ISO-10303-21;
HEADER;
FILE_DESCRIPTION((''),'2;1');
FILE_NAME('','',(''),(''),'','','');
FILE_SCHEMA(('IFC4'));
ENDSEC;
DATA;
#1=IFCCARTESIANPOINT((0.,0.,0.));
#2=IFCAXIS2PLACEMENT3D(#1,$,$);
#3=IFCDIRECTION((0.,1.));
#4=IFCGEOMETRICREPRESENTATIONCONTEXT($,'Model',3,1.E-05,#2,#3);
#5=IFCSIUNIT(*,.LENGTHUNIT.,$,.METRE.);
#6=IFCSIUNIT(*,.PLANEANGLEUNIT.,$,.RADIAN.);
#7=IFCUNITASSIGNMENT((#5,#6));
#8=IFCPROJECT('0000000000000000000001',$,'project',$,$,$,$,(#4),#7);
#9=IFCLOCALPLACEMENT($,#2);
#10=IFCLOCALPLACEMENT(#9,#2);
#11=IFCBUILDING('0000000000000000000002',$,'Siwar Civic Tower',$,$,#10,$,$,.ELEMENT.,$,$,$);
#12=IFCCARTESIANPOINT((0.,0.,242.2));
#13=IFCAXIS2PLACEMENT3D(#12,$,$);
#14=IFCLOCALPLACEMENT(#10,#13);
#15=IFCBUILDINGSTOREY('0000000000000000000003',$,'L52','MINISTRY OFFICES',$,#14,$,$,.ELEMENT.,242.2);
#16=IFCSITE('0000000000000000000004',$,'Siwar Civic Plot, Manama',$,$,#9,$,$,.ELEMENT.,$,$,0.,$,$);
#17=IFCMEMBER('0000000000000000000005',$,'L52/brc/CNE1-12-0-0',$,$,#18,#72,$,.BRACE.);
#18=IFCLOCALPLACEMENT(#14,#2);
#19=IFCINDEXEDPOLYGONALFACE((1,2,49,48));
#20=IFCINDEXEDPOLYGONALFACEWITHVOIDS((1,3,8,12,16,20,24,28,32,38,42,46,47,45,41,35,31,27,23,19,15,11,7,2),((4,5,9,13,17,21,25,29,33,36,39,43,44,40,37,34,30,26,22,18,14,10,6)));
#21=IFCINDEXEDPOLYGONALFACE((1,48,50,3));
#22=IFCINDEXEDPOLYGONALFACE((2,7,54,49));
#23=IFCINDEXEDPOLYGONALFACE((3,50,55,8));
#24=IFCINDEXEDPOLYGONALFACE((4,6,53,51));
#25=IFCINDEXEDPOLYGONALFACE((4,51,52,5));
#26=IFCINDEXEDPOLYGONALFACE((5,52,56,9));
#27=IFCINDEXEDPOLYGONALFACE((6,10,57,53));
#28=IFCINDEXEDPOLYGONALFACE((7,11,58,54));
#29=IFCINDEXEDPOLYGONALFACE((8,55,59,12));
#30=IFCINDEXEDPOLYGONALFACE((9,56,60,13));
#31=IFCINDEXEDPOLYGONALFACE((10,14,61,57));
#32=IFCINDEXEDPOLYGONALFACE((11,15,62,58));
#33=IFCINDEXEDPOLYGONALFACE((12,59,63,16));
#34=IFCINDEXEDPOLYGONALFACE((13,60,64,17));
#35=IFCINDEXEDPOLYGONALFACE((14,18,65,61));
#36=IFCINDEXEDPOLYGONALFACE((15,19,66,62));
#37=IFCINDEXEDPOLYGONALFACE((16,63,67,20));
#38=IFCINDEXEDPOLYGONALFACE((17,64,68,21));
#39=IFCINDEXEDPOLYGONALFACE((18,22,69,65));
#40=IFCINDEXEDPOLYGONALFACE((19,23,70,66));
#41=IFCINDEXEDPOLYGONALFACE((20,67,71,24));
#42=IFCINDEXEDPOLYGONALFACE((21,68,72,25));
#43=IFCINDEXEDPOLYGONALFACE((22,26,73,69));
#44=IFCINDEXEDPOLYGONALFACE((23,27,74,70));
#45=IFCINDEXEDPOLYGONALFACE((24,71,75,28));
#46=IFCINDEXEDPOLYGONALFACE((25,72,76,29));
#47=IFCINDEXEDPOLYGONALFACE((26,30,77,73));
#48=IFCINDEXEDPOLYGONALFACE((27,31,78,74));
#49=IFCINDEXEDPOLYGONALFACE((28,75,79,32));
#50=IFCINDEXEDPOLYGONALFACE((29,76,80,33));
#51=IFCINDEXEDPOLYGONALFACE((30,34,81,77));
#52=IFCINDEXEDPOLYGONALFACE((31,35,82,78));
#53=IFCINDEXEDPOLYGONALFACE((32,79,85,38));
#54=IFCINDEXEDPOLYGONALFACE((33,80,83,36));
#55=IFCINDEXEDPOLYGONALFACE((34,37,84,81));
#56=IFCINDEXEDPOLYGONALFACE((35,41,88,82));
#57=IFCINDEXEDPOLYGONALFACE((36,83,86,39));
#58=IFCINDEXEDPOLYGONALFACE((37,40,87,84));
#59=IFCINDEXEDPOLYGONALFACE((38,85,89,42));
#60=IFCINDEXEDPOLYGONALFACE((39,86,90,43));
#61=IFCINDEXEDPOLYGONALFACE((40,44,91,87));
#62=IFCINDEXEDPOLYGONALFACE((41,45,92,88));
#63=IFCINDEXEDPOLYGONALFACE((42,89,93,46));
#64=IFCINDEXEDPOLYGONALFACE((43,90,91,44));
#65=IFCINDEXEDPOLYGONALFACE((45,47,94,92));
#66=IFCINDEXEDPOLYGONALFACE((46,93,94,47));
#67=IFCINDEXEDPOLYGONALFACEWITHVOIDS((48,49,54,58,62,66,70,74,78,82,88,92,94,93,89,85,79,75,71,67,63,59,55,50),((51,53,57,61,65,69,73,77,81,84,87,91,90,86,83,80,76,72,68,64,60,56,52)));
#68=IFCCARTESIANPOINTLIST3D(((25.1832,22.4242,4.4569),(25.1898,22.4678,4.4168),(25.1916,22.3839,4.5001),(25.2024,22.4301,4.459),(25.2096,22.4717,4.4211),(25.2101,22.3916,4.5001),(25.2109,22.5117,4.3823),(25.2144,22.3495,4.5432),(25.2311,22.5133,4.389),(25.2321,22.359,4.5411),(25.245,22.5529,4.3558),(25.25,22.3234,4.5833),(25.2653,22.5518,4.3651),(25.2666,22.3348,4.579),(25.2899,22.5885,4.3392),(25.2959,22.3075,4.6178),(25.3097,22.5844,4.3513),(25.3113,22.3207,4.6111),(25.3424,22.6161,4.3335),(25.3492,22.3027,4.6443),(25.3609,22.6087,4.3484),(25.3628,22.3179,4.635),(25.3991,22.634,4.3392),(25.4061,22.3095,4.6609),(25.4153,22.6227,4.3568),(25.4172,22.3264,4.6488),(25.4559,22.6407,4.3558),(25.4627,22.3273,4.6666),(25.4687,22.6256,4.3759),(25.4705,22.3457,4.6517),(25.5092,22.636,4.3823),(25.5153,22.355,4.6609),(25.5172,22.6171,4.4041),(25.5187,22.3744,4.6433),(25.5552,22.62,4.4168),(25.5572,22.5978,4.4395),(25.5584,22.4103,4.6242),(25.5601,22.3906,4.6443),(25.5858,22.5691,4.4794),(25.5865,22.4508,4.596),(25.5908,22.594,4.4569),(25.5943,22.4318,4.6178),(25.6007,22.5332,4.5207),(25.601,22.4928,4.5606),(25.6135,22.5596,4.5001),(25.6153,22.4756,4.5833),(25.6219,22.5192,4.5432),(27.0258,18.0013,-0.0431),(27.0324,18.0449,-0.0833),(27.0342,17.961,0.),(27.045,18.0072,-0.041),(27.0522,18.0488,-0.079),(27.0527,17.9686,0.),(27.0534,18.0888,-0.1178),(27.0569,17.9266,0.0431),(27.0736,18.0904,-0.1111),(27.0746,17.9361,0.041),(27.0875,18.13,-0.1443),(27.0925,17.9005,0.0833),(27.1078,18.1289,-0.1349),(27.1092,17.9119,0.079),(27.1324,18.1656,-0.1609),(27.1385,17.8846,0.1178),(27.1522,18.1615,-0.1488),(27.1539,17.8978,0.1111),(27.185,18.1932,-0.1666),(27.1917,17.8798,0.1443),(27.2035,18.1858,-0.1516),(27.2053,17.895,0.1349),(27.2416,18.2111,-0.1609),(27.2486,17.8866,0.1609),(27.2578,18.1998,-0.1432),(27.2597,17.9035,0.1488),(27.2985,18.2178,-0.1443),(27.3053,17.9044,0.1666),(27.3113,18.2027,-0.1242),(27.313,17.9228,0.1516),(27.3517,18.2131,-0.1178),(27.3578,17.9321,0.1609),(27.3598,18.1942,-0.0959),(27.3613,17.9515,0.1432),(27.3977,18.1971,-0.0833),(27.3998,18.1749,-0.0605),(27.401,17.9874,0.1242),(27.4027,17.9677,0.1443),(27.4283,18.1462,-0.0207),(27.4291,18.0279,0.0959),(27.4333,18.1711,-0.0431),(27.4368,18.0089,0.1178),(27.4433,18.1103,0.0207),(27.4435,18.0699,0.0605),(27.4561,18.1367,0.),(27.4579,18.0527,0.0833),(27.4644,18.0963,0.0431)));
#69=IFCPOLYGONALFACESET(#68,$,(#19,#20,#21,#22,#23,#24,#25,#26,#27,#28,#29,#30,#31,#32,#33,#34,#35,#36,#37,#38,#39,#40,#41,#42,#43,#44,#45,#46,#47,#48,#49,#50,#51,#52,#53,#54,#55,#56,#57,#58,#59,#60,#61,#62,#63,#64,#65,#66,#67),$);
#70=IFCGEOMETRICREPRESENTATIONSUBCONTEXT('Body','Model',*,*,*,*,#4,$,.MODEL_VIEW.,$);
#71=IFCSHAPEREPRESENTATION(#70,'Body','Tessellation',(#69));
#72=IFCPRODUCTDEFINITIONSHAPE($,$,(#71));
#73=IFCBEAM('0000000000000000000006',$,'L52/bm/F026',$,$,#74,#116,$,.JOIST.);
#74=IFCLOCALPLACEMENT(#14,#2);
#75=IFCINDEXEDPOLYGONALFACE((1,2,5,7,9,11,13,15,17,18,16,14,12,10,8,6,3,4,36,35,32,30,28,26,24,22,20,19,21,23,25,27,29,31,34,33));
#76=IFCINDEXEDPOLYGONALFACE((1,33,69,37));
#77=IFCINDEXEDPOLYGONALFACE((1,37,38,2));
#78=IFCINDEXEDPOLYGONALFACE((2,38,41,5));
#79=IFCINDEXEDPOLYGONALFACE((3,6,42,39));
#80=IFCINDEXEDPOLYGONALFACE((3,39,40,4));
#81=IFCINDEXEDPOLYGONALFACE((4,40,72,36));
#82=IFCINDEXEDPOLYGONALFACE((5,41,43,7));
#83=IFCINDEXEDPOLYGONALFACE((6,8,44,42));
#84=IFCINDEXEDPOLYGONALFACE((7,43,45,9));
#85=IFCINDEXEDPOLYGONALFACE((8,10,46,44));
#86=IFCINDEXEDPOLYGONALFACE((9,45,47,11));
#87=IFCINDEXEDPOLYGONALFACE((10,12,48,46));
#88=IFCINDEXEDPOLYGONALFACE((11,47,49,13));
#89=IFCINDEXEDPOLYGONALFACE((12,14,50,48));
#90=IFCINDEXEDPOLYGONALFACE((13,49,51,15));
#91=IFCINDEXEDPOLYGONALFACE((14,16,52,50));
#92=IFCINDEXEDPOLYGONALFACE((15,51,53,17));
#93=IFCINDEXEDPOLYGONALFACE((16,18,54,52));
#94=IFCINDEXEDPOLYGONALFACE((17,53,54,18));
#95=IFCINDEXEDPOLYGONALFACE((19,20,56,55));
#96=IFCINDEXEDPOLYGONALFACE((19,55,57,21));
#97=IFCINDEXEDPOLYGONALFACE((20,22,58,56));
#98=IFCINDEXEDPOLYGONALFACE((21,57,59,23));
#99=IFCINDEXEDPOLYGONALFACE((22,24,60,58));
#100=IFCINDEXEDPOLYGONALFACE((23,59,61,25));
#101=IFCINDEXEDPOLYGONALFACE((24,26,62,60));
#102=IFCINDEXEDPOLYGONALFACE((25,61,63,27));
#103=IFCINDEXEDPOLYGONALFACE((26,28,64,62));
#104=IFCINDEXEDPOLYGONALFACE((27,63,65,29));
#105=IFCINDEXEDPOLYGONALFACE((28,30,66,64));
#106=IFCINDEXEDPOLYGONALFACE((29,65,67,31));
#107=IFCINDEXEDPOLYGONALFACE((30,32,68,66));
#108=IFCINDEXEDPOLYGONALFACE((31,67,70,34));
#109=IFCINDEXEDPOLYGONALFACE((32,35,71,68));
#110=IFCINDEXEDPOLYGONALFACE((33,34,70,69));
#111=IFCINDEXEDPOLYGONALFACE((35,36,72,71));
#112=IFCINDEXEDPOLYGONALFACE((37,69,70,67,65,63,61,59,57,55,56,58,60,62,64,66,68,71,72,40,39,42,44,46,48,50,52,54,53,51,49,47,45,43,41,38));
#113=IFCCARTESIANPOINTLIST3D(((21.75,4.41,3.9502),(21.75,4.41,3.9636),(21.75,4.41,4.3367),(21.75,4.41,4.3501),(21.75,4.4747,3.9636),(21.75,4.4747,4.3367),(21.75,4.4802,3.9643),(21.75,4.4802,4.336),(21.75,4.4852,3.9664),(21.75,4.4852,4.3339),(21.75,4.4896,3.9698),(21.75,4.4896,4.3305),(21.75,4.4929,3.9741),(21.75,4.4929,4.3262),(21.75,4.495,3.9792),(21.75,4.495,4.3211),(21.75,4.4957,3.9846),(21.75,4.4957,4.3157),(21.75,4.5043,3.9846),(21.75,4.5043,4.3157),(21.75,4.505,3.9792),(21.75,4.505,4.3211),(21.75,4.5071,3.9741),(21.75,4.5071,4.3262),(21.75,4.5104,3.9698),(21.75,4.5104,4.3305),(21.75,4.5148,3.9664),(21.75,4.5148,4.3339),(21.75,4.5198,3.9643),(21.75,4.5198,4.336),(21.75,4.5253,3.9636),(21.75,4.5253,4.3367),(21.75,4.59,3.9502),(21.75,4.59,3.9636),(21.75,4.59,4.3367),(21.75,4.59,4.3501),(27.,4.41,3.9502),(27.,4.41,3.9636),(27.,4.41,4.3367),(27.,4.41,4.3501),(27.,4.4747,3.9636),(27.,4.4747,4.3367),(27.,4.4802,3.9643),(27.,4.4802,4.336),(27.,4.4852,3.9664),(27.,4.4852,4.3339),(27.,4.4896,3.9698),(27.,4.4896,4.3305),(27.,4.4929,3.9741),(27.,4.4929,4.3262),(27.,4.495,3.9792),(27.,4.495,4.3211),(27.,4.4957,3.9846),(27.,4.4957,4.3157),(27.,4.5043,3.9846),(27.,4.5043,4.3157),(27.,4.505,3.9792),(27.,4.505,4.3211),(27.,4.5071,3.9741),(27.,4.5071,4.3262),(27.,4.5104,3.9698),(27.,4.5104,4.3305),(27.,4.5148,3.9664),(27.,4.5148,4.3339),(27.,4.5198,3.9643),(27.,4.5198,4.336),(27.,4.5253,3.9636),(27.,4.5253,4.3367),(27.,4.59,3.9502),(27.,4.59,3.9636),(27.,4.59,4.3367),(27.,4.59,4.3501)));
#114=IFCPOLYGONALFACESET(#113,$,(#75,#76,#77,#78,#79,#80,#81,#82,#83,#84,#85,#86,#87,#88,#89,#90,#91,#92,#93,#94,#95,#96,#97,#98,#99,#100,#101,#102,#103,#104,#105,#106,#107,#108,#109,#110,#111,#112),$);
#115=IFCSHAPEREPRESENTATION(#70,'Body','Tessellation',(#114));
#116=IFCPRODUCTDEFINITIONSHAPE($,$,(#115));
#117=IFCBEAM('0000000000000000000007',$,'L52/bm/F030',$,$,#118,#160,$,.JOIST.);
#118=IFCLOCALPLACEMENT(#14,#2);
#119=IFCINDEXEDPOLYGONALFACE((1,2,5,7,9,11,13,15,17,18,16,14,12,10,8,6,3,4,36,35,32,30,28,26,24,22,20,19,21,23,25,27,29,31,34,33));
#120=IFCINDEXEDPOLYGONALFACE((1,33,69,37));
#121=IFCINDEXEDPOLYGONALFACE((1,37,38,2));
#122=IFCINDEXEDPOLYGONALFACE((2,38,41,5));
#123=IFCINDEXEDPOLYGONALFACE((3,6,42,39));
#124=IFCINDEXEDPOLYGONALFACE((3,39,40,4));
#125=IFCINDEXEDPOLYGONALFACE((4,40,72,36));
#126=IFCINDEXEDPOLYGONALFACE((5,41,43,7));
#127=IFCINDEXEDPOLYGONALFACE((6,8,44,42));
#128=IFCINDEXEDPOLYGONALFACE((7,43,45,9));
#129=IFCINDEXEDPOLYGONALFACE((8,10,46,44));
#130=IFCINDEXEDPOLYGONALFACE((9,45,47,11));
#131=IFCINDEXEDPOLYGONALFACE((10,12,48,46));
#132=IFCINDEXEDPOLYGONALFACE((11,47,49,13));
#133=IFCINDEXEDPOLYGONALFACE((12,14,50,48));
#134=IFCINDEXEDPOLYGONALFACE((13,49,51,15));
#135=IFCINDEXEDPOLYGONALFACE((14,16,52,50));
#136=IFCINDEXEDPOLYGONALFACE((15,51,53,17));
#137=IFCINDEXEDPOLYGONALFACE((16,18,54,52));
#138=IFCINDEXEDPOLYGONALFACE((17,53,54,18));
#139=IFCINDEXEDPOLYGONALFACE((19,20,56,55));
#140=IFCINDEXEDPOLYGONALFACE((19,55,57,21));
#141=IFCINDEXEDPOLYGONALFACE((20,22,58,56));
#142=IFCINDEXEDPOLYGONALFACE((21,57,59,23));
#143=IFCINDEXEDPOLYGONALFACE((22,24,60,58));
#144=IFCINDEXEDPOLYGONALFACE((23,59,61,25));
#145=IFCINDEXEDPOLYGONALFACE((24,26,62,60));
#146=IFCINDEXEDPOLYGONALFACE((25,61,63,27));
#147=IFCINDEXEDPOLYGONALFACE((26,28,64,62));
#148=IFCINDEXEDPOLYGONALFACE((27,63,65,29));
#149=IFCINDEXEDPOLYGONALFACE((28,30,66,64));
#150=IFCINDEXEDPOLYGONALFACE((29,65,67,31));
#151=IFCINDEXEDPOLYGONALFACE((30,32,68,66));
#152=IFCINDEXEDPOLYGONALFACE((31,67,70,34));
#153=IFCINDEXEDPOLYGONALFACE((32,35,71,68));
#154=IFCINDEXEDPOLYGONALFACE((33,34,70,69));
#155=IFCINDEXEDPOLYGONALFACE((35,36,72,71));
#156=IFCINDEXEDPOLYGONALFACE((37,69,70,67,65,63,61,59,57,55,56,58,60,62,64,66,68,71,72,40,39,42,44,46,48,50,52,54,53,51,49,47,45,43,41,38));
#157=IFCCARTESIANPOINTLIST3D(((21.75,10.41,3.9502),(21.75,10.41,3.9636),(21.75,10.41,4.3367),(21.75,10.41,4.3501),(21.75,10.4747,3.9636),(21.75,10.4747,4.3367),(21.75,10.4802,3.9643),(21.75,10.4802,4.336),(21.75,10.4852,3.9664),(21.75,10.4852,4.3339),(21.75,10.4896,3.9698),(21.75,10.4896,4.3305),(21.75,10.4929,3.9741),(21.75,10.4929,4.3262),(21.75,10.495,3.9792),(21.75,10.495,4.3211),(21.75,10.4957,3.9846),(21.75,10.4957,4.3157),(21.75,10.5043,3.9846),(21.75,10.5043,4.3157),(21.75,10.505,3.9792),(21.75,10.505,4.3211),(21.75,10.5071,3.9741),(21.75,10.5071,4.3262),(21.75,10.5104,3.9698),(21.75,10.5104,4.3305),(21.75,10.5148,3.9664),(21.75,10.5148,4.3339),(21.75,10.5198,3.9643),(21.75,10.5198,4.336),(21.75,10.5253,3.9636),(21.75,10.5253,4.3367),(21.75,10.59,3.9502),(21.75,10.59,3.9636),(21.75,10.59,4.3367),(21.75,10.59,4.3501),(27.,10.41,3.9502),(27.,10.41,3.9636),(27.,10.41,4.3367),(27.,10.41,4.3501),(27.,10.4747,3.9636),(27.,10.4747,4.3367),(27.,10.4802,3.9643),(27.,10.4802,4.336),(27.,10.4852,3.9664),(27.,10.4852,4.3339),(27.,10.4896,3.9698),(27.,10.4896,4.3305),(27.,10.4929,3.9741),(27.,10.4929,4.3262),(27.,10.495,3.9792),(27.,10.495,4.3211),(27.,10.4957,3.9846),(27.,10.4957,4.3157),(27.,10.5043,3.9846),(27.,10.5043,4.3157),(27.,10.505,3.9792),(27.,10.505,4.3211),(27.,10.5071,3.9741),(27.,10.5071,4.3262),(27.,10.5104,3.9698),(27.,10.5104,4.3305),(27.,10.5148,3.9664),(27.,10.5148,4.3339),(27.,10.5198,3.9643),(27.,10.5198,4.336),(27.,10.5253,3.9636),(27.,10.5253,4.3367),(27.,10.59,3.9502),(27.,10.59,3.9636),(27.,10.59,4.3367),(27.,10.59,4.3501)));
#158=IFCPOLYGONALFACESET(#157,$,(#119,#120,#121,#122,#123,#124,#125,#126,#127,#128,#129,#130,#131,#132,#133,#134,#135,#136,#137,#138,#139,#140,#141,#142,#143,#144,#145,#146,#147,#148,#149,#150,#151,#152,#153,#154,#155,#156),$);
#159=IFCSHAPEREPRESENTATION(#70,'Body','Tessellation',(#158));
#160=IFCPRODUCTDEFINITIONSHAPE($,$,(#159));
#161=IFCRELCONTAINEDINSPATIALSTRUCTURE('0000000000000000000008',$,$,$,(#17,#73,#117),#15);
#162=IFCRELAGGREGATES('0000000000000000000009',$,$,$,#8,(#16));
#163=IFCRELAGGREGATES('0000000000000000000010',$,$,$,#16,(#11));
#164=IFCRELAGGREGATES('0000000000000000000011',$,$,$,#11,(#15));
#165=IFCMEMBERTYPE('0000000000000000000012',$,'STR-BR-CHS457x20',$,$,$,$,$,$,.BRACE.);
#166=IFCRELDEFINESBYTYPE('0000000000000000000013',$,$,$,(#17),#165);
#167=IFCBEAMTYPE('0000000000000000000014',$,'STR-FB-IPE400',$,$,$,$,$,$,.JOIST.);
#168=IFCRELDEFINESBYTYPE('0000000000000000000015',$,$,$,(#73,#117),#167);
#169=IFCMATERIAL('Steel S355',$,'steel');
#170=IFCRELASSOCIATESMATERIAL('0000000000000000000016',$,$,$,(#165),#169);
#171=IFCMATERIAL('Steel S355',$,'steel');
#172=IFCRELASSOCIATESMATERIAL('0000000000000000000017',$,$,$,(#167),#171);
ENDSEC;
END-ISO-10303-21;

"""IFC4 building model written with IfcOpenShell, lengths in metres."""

from ifc_helpers import new_model, si_unit, direction, frame, origin, origin_2d, place, context, subcontext, project, spatial, hollow_circle, i_section, extrude, material, material_profile, profile_set, type_object, element, save


model = new_model("IFC4")

# Units and contexts
model_context = context("Model", 3, precision=1e-05, world=origin(), true_north=direction((0.0, 1.0)))
body_context = subcontext(model_context, "Body", "Model", "MODEL_VIEW")
ifc_project = project(units=[si_unit("LENGTHUNIT", "METRE"), si_unit("PLANEANGLEUNIT", "RADIAN")], contexts=[model_context])

# Site, building, storey
site_placement = place(None, origin())
site = spatial("IfcSite", under=ifc_project, at=site_placement, Name="Siwar Civic Plot, Manama", CompositionType="ELEMENT", RefElevation=0.0)
building_placement = place(site_placement, origin())
building = spatial("IfcBuilding", under=site, at=building_placement, Name="Siwar Civic Tower", CompositionType="ELEMENT")
storey_placement = place(building_placement, frame((0.0, 0.0, 242.2)))
storey = spatial("IfcBuildingStorey", under=building, at=storey_placement, Name="L52", Description="MINISTRY OFFICES", CompositionType="ELEMENT", Elevation=242.2)

# Member
ifc_material_1 = material(Name="Steel S355", Category="steel")
ifc_material_profile_1 = material_profile(ifc_material_1, hollow_circle(Radius=0.2285, WallThickness=0.02, at=origin_2d()), Name="CHS457x20")
ifc_profile_set_1 = profile_set([ifc_material_profile_1], Name="Steel S355")
member_type_1 = type_object("IfcMemberType", Name="STR-BR-CHS457x20", PredefinedType="BRACE", material=ifc_profile_set_1)
member_1_placement = place(storey_placement, frame((27.2451, 18.0488, 0.0), z_axis=(-0.280311, 0.672865, 0.684601), x_axis=(-0.923101, -0.384557, 0.0)))
element("IfcMember", 1, at=member_1_placement, inside=storey, type_object=member_type_1, Name="L52/brc/CNE1-12-0-0", PredefinedType="BRACE", context=body_context, shape_type="SweptSolid", body=[
    extrude(hollow_circle(Radius=0.2285, WallThickness=0.02, at=origin_2d()), origin(), (0.0, 0.0, 1.0), 6.5732),
])

# Beams
ifc_material_2 = material(Name="Steel S355", Category="steel")
ifc_material_profile_2 = material_profile(ifc_material_2, i_section(OverallWidth=0.1799, OverallDepth=0.3999, WebThickness=0.0085, FlangeThickness=0.0134, FilletRadius=0.021, at=origin_2d()), Name="IPE400")
ifc_profile_set_2 = profile_set([ifc_material_profile_2], Name="Steel S355")
beam_type_1 = type_object("IfcBeamType", Name="STR-FB-IPE400", PredefinedType="JOIST", material=ifc_profile_set_2)
for number, where, z_axis, x_axis, name in (
    (2, (21.75, 4.5, 4.1501), (1.0, 0.0, 0.0), (0.0, 1.0, 0.0), "L52/bm/F026"),
    (3, (21.75, 10.5, 4.1501), (1.0, 0.0, 0.0), (0.0, 1.0, 0.0), "L52/bm/F030"),
):
    element("IfcBeam", number, at=place(storey_placement, frame(where, z_axis=z_axis, x_axis=x_axis)), inside=storey, type_object=beam_type_1, Name=name, PredefinedType="JOIST", context=body_context, shape_type="SweptSolid", body=[
        extrude(i_section(OverallWidth=0.1799, OverallDepth=0.3999, WebThickness=0.0085, FlangeThickness=0.0134, FilletRadius=0.021, at=origin_2d()), origin(), (0.0, 0.0, 1.0), 5.25),
    ])

save(model, "model.ifc")
